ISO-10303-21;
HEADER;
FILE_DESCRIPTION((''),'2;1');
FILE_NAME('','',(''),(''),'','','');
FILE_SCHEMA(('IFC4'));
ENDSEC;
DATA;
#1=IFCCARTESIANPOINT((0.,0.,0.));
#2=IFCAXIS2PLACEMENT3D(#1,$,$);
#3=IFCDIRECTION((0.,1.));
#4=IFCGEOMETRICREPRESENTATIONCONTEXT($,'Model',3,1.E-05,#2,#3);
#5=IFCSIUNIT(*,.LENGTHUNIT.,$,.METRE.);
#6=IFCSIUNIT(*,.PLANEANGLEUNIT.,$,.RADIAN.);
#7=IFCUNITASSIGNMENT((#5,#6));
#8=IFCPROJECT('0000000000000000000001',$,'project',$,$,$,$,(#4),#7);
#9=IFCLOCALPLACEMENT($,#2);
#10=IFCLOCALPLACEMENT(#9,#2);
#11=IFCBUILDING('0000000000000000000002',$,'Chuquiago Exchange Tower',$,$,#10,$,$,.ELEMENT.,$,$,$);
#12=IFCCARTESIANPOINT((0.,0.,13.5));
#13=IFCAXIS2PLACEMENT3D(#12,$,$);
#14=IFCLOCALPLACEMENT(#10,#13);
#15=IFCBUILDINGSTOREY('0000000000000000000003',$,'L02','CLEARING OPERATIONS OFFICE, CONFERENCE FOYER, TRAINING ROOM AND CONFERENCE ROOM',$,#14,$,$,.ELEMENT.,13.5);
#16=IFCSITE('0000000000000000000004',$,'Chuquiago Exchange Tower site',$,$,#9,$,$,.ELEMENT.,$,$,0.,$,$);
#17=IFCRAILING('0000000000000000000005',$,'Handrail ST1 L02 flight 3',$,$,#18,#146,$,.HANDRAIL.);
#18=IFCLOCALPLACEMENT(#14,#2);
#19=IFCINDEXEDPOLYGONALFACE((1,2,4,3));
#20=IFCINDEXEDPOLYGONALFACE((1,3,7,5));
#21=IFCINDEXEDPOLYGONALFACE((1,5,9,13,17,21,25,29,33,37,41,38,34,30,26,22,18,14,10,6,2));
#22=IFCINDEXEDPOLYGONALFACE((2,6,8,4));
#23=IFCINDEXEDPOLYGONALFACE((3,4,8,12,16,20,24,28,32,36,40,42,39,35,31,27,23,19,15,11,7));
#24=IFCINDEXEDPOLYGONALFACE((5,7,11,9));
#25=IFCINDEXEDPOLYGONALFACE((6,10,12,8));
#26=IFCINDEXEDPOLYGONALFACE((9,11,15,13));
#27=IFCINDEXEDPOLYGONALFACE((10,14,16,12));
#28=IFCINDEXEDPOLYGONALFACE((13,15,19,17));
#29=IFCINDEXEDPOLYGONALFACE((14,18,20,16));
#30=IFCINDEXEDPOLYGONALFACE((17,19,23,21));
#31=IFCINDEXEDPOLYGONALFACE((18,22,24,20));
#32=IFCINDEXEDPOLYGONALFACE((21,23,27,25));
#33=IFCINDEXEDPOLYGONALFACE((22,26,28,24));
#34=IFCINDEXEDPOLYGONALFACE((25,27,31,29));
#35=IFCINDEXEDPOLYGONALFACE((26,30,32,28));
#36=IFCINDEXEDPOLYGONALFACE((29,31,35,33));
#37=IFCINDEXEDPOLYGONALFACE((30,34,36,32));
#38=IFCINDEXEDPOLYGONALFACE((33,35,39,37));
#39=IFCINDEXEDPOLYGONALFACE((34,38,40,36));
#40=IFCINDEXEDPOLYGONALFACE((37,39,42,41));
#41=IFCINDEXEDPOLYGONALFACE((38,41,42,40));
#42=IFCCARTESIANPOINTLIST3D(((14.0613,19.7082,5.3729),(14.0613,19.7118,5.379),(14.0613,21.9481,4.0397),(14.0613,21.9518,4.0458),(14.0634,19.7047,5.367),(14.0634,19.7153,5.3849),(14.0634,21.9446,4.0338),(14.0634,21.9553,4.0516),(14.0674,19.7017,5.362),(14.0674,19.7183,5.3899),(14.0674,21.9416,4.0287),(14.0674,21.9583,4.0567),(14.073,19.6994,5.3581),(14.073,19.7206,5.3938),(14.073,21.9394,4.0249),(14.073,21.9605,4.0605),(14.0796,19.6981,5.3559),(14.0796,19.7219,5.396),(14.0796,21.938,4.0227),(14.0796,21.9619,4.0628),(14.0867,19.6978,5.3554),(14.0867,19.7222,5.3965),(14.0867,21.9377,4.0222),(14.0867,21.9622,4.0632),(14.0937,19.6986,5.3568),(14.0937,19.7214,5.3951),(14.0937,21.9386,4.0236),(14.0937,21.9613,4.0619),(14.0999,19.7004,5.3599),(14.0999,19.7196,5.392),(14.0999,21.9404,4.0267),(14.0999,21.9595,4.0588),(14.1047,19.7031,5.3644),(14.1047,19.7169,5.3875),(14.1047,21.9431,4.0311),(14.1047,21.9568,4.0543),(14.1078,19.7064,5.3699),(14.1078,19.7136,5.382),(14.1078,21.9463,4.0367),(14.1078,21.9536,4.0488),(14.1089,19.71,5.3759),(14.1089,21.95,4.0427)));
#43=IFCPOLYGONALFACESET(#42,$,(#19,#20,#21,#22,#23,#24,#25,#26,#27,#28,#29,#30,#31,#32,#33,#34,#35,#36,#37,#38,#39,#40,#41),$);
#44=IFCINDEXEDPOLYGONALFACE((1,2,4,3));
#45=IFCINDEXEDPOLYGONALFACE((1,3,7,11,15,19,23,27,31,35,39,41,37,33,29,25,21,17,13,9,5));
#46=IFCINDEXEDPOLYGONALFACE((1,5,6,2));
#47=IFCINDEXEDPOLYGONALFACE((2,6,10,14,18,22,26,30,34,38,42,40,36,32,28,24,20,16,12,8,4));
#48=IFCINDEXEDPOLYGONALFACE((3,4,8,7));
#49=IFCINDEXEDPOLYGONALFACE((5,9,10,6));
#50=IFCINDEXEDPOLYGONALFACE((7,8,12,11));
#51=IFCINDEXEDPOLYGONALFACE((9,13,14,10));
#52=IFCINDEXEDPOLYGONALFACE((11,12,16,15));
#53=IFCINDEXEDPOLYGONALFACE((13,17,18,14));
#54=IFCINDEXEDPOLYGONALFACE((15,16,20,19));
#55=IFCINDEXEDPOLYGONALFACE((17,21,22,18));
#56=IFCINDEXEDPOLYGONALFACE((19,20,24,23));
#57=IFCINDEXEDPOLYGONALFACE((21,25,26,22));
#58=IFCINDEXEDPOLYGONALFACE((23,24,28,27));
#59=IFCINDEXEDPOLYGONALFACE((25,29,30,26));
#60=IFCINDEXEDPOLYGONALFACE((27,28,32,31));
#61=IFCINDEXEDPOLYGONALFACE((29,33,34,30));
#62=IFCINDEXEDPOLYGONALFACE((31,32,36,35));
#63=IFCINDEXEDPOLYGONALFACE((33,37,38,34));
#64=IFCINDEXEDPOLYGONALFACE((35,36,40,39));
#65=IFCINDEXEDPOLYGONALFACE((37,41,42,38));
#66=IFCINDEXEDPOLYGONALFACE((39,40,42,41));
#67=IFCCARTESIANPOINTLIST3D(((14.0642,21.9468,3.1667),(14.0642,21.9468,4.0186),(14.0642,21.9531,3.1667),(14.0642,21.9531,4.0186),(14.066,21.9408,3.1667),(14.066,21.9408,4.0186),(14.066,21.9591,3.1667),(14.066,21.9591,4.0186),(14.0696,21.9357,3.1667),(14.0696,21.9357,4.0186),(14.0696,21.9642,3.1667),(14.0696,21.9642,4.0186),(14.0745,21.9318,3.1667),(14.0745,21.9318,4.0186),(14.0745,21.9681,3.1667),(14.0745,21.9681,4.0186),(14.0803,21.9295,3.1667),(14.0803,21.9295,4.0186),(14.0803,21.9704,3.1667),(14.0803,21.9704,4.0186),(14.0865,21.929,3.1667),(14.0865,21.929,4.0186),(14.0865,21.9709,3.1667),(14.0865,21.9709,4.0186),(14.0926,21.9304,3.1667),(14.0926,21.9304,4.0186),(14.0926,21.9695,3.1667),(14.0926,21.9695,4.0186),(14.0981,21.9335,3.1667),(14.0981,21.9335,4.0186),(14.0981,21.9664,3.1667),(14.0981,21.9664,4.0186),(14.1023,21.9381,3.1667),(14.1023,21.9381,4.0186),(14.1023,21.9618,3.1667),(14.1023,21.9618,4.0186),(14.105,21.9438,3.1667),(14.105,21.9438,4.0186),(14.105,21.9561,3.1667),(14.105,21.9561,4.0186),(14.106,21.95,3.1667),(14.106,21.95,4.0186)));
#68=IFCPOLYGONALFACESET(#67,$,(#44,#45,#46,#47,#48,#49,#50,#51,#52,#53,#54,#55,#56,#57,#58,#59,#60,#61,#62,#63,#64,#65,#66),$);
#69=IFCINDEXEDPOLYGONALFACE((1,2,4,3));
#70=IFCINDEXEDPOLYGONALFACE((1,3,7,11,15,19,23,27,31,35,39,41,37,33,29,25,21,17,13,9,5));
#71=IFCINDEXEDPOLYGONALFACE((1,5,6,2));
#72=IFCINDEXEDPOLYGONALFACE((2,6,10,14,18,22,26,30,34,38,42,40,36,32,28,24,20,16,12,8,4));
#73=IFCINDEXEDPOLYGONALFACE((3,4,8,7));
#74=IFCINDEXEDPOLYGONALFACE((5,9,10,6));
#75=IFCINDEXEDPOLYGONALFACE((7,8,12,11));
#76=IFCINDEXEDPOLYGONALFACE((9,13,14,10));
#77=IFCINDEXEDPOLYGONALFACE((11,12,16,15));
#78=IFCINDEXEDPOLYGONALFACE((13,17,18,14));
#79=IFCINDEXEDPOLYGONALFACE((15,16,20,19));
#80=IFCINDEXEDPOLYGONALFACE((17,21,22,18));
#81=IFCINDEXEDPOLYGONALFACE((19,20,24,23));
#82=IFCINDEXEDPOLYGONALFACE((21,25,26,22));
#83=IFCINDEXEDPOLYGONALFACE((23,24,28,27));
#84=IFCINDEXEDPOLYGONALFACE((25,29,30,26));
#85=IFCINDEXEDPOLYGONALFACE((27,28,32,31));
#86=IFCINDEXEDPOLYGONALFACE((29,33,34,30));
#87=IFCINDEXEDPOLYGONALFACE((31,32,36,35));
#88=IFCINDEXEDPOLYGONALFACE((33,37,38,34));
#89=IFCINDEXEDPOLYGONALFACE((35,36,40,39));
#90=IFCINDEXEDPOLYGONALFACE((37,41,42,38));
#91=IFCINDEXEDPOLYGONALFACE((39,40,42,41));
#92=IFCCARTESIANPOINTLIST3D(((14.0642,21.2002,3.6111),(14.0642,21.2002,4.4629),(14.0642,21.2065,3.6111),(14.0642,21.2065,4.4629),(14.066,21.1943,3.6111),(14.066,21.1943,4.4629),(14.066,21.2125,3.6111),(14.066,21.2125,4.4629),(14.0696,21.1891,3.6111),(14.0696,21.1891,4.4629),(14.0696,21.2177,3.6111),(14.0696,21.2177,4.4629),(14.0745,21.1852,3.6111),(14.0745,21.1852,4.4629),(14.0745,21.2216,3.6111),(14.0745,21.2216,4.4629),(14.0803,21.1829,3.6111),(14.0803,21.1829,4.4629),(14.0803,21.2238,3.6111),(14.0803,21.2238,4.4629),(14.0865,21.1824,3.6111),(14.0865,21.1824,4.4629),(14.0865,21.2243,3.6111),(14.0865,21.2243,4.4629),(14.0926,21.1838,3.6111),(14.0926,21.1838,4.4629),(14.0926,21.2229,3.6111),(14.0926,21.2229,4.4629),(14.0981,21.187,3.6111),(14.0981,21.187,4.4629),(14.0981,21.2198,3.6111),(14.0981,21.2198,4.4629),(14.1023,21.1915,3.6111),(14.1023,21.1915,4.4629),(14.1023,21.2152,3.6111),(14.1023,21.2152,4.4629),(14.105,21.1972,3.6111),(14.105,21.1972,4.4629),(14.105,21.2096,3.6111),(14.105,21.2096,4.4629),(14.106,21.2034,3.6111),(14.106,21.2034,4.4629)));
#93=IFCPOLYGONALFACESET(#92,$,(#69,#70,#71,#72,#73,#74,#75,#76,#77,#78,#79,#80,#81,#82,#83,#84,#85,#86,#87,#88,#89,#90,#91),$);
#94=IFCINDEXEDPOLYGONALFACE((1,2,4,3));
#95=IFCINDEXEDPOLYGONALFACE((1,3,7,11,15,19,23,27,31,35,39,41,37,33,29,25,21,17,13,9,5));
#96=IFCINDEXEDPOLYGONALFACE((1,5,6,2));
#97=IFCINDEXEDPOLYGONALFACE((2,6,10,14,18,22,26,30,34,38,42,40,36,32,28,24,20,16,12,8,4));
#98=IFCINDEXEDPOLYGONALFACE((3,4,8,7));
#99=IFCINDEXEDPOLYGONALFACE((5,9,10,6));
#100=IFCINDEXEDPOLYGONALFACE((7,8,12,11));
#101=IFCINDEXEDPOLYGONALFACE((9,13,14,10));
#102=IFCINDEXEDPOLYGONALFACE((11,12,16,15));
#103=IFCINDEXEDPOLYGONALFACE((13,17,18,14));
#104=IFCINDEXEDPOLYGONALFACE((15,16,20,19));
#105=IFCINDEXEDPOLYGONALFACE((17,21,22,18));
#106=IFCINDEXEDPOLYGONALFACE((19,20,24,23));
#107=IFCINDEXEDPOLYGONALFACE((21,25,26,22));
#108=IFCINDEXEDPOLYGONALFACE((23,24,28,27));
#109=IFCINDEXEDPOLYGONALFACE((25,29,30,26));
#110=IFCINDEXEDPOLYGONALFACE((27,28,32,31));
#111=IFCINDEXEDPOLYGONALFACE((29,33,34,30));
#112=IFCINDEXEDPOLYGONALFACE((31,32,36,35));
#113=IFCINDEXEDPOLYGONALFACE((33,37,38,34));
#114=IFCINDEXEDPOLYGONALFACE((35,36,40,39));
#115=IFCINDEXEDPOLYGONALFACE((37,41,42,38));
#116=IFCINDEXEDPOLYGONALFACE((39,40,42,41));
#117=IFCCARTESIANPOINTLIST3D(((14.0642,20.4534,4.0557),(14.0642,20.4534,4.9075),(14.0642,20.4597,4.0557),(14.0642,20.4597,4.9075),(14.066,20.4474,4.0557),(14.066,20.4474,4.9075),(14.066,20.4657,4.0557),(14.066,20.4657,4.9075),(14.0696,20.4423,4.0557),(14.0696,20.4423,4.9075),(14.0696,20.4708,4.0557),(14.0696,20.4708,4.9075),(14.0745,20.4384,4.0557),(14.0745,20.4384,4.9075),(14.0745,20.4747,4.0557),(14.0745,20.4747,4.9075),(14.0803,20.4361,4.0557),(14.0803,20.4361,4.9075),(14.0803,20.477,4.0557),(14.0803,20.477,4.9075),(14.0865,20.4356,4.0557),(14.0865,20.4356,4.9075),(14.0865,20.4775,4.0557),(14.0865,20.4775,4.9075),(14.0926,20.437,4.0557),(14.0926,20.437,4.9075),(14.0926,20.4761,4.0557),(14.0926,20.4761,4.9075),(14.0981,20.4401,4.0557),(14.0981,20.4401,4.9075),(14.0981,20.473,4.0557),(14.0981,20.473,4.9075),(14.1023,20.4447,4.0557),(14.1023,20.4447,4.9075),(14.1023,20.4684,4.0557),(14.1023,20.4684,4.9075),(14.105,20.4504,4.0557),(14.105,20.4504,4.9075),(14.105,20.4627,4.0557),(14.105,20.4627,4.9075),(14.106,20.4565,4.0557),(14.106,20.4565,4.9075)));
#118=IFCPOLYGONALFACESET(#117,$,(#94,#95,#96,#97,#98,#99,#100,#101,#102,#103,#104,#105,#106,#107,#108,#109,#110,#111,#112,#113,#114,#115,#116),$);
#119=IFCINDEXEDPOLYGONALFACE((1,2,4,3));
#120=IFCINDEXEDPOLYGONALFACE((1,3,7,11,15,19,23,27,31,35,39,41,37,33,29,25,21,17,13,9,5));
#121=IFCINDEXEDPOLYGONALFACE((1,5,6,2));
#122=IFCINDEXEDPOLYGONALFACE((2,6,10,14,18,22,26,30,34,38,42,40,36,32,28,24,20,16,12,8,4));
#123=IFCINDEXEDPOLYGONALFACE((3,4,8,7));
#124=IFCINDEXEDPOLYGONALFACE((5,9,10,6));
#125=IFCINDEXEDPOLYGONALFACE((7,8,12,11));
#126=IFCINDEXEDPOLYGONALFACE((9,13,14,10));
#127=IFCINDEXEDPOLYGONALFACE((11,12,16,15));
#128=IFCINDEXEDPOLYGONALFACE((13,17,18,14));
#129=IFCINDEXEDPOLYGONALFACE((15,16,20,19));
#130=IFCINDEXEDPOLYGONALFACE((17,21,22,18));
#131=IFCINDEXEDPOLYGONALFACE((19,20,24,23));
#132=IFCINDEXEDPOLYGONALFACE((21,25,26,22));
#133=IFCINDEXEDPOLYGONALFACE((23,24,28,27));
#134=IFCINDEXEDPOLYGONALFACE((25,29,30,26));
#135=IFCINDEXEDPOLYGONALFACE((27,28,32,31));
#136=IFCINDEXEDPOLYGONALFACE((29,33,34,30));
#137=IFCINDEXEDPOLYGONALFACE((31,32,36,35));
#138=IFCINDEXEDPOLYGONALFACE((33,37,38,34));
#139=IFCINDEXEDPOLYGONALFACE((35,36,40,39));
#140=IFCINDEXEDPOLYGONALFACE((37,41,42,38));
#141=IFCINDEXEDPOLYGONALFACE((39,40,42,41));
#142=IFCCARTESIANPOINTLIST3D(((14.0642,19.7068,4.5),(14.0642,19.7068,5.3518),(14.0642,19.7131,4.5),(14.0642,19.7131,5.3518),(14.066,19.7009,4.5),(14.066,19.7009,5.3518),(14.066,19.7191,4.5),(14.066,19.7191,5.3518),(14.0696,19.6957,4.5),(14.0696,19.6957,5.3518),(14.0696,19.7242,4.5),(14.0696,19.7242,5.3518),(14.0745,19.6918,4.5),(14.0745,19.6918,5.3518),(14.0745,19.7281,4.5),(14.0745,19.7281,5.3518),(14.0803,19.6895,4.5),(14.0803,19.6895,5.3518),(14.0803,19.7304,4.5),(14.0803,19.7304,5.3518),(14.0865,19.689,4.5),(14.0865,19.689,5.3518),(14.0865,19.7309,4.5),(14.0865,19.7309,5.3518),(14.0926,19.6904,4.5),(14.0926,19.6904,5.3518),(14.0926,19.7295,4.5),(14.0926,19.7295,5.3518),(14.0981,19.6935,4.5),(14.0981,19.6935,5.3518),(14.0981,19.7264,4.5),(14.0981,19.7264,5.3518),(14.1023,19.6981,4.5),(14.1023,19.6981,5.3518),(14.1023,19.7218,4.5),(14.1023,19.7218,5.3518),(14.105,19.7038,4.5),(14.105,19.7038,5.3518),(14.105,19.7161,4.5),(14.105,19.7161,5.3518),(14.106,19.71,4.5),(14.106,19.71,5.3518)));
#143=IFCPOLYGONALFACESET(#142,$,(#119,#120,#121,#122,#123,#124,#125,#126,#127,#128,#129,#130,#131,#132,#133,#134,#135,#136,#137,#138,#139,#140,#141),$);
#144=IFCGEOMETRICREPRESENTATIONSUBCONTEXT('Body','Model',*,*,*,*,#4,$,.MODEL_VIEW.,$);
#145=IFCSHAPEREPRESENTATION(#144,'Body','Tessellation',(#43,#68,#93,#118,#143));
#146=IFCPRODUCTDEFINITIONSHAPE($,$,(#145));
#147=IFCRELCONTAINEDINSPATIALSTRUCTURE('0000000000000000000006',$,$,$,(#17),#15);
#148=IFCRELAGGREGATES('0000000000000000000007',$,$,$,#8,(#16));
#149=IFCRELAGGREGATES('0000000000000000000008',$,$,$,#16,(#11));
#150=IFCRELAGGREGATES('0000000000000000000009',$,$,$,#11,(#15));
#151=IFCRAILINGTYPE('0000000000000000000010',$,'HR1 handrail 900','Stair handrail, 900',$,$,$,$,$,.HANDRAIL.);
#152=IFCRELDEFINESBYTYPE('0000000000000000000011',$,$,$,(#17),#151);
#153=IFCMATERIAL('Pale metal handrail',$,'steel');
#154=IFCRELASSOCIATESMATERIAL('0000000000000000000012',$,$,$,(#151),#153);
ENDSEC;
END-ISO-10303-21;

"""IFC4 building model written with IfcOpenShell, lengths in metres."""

from ifc_helpers import new_model, si_unit, direction, frame, origin, origin_2d, place, context, subcontext, project, spatial, circle, extrude, material, type_object, element, save


model = new_model("IFC4")

# Units and contexts
model_context = context("Model", 3, precision=1e-05, world=origin(), true_north=direction((0.0, 1.0)))
body_context = subcontext(model_context, "Body", "Model", "MODEL_VIEW")
ifc_project = project(units=[si_unit("LENGTHUNIT", "METRE"), si_unit("PLANEANGLEUNIT", "RADIAN")], contexts=[model_context])

# Site, building, storey
site_placement = place(None, origin())
site = spatial("IfcSite", under=ifc_project, at=site_placement, Name="Chuquiago Exchange Tower site", CompositionType="ELEMENT", RefElevation=0.0)
building_placement = place(site_placement, origin())
building = spatial("IfcBuilding", under=site, at=building_placement, Name="Chuquiago Exchange Tower", CompositionType="ELEMENT")
storey_placement = place(building_placement, frame((0.0, 0.0, 13.5)))
storey = spatial("IfcBuildingStorey", under=building, at=storey_placement, Name="L02", Description="CLEARING OPERATIONS OFFICE, CONFERENCE FOYER, TRAINING ROOM AND CONFERENCE ROOM", CompositionType="ELEMENT", Elevation=13.5)

# Railing
ifc_material_1 = material(Name="Pale metal handrail", Category="steel")
railing_type = type_object("IfcRailingType", Name="HR1 handrail 900", Description="Stair handrail, 900", PredefinedType="HANDRAIL", material=ifc_material_1)
for number, where, name in (
    (1, (14.085, 21.95, 3.1667), "Handrail ST1 L02 flight 3"),
):
    element("IfcRailing", number, at=place(storey_placement, frame(where)), inside=storey, type_object=railing_type, Name=name, PredefinedType="HANDRAIL", context=body_context, shape_type="SweptSolid", body=[
        extrude(circle(Radius=0.0239, at=origin_2d()), frame((0.0, 0.0, 0.876), z_axis=(0.0, -0.859306, 0.511462), x_axis=(1.0, 0.0, 0.0)), (0.0, 0.0, 1.0), 2.6067),
        extrude(circle(Radius=0.021, at=origin_2d()), origin(), (0.0, 0.0, 1.0), 0.8518),
        extrude(circle(Radius=0.021, at=origin_2d()), frame((0.0, -0.7466, 0.4443)), (0.0, 0.0, 1.0), 0.8518),
        extrude(circle(Radius=0.021, at=origin_2d()), frame((0.0, -1.4934, 0.8889)), (0.0, 0.0, 1.0), 0.8518),
        extrude(circle(Radius=0.021, at=origin_2d()), frame((0.0, -2.24, 1.3333)), (0.0, 0.0, 1.0), 0.8518),
    ])

save(model, "model.ifc")
